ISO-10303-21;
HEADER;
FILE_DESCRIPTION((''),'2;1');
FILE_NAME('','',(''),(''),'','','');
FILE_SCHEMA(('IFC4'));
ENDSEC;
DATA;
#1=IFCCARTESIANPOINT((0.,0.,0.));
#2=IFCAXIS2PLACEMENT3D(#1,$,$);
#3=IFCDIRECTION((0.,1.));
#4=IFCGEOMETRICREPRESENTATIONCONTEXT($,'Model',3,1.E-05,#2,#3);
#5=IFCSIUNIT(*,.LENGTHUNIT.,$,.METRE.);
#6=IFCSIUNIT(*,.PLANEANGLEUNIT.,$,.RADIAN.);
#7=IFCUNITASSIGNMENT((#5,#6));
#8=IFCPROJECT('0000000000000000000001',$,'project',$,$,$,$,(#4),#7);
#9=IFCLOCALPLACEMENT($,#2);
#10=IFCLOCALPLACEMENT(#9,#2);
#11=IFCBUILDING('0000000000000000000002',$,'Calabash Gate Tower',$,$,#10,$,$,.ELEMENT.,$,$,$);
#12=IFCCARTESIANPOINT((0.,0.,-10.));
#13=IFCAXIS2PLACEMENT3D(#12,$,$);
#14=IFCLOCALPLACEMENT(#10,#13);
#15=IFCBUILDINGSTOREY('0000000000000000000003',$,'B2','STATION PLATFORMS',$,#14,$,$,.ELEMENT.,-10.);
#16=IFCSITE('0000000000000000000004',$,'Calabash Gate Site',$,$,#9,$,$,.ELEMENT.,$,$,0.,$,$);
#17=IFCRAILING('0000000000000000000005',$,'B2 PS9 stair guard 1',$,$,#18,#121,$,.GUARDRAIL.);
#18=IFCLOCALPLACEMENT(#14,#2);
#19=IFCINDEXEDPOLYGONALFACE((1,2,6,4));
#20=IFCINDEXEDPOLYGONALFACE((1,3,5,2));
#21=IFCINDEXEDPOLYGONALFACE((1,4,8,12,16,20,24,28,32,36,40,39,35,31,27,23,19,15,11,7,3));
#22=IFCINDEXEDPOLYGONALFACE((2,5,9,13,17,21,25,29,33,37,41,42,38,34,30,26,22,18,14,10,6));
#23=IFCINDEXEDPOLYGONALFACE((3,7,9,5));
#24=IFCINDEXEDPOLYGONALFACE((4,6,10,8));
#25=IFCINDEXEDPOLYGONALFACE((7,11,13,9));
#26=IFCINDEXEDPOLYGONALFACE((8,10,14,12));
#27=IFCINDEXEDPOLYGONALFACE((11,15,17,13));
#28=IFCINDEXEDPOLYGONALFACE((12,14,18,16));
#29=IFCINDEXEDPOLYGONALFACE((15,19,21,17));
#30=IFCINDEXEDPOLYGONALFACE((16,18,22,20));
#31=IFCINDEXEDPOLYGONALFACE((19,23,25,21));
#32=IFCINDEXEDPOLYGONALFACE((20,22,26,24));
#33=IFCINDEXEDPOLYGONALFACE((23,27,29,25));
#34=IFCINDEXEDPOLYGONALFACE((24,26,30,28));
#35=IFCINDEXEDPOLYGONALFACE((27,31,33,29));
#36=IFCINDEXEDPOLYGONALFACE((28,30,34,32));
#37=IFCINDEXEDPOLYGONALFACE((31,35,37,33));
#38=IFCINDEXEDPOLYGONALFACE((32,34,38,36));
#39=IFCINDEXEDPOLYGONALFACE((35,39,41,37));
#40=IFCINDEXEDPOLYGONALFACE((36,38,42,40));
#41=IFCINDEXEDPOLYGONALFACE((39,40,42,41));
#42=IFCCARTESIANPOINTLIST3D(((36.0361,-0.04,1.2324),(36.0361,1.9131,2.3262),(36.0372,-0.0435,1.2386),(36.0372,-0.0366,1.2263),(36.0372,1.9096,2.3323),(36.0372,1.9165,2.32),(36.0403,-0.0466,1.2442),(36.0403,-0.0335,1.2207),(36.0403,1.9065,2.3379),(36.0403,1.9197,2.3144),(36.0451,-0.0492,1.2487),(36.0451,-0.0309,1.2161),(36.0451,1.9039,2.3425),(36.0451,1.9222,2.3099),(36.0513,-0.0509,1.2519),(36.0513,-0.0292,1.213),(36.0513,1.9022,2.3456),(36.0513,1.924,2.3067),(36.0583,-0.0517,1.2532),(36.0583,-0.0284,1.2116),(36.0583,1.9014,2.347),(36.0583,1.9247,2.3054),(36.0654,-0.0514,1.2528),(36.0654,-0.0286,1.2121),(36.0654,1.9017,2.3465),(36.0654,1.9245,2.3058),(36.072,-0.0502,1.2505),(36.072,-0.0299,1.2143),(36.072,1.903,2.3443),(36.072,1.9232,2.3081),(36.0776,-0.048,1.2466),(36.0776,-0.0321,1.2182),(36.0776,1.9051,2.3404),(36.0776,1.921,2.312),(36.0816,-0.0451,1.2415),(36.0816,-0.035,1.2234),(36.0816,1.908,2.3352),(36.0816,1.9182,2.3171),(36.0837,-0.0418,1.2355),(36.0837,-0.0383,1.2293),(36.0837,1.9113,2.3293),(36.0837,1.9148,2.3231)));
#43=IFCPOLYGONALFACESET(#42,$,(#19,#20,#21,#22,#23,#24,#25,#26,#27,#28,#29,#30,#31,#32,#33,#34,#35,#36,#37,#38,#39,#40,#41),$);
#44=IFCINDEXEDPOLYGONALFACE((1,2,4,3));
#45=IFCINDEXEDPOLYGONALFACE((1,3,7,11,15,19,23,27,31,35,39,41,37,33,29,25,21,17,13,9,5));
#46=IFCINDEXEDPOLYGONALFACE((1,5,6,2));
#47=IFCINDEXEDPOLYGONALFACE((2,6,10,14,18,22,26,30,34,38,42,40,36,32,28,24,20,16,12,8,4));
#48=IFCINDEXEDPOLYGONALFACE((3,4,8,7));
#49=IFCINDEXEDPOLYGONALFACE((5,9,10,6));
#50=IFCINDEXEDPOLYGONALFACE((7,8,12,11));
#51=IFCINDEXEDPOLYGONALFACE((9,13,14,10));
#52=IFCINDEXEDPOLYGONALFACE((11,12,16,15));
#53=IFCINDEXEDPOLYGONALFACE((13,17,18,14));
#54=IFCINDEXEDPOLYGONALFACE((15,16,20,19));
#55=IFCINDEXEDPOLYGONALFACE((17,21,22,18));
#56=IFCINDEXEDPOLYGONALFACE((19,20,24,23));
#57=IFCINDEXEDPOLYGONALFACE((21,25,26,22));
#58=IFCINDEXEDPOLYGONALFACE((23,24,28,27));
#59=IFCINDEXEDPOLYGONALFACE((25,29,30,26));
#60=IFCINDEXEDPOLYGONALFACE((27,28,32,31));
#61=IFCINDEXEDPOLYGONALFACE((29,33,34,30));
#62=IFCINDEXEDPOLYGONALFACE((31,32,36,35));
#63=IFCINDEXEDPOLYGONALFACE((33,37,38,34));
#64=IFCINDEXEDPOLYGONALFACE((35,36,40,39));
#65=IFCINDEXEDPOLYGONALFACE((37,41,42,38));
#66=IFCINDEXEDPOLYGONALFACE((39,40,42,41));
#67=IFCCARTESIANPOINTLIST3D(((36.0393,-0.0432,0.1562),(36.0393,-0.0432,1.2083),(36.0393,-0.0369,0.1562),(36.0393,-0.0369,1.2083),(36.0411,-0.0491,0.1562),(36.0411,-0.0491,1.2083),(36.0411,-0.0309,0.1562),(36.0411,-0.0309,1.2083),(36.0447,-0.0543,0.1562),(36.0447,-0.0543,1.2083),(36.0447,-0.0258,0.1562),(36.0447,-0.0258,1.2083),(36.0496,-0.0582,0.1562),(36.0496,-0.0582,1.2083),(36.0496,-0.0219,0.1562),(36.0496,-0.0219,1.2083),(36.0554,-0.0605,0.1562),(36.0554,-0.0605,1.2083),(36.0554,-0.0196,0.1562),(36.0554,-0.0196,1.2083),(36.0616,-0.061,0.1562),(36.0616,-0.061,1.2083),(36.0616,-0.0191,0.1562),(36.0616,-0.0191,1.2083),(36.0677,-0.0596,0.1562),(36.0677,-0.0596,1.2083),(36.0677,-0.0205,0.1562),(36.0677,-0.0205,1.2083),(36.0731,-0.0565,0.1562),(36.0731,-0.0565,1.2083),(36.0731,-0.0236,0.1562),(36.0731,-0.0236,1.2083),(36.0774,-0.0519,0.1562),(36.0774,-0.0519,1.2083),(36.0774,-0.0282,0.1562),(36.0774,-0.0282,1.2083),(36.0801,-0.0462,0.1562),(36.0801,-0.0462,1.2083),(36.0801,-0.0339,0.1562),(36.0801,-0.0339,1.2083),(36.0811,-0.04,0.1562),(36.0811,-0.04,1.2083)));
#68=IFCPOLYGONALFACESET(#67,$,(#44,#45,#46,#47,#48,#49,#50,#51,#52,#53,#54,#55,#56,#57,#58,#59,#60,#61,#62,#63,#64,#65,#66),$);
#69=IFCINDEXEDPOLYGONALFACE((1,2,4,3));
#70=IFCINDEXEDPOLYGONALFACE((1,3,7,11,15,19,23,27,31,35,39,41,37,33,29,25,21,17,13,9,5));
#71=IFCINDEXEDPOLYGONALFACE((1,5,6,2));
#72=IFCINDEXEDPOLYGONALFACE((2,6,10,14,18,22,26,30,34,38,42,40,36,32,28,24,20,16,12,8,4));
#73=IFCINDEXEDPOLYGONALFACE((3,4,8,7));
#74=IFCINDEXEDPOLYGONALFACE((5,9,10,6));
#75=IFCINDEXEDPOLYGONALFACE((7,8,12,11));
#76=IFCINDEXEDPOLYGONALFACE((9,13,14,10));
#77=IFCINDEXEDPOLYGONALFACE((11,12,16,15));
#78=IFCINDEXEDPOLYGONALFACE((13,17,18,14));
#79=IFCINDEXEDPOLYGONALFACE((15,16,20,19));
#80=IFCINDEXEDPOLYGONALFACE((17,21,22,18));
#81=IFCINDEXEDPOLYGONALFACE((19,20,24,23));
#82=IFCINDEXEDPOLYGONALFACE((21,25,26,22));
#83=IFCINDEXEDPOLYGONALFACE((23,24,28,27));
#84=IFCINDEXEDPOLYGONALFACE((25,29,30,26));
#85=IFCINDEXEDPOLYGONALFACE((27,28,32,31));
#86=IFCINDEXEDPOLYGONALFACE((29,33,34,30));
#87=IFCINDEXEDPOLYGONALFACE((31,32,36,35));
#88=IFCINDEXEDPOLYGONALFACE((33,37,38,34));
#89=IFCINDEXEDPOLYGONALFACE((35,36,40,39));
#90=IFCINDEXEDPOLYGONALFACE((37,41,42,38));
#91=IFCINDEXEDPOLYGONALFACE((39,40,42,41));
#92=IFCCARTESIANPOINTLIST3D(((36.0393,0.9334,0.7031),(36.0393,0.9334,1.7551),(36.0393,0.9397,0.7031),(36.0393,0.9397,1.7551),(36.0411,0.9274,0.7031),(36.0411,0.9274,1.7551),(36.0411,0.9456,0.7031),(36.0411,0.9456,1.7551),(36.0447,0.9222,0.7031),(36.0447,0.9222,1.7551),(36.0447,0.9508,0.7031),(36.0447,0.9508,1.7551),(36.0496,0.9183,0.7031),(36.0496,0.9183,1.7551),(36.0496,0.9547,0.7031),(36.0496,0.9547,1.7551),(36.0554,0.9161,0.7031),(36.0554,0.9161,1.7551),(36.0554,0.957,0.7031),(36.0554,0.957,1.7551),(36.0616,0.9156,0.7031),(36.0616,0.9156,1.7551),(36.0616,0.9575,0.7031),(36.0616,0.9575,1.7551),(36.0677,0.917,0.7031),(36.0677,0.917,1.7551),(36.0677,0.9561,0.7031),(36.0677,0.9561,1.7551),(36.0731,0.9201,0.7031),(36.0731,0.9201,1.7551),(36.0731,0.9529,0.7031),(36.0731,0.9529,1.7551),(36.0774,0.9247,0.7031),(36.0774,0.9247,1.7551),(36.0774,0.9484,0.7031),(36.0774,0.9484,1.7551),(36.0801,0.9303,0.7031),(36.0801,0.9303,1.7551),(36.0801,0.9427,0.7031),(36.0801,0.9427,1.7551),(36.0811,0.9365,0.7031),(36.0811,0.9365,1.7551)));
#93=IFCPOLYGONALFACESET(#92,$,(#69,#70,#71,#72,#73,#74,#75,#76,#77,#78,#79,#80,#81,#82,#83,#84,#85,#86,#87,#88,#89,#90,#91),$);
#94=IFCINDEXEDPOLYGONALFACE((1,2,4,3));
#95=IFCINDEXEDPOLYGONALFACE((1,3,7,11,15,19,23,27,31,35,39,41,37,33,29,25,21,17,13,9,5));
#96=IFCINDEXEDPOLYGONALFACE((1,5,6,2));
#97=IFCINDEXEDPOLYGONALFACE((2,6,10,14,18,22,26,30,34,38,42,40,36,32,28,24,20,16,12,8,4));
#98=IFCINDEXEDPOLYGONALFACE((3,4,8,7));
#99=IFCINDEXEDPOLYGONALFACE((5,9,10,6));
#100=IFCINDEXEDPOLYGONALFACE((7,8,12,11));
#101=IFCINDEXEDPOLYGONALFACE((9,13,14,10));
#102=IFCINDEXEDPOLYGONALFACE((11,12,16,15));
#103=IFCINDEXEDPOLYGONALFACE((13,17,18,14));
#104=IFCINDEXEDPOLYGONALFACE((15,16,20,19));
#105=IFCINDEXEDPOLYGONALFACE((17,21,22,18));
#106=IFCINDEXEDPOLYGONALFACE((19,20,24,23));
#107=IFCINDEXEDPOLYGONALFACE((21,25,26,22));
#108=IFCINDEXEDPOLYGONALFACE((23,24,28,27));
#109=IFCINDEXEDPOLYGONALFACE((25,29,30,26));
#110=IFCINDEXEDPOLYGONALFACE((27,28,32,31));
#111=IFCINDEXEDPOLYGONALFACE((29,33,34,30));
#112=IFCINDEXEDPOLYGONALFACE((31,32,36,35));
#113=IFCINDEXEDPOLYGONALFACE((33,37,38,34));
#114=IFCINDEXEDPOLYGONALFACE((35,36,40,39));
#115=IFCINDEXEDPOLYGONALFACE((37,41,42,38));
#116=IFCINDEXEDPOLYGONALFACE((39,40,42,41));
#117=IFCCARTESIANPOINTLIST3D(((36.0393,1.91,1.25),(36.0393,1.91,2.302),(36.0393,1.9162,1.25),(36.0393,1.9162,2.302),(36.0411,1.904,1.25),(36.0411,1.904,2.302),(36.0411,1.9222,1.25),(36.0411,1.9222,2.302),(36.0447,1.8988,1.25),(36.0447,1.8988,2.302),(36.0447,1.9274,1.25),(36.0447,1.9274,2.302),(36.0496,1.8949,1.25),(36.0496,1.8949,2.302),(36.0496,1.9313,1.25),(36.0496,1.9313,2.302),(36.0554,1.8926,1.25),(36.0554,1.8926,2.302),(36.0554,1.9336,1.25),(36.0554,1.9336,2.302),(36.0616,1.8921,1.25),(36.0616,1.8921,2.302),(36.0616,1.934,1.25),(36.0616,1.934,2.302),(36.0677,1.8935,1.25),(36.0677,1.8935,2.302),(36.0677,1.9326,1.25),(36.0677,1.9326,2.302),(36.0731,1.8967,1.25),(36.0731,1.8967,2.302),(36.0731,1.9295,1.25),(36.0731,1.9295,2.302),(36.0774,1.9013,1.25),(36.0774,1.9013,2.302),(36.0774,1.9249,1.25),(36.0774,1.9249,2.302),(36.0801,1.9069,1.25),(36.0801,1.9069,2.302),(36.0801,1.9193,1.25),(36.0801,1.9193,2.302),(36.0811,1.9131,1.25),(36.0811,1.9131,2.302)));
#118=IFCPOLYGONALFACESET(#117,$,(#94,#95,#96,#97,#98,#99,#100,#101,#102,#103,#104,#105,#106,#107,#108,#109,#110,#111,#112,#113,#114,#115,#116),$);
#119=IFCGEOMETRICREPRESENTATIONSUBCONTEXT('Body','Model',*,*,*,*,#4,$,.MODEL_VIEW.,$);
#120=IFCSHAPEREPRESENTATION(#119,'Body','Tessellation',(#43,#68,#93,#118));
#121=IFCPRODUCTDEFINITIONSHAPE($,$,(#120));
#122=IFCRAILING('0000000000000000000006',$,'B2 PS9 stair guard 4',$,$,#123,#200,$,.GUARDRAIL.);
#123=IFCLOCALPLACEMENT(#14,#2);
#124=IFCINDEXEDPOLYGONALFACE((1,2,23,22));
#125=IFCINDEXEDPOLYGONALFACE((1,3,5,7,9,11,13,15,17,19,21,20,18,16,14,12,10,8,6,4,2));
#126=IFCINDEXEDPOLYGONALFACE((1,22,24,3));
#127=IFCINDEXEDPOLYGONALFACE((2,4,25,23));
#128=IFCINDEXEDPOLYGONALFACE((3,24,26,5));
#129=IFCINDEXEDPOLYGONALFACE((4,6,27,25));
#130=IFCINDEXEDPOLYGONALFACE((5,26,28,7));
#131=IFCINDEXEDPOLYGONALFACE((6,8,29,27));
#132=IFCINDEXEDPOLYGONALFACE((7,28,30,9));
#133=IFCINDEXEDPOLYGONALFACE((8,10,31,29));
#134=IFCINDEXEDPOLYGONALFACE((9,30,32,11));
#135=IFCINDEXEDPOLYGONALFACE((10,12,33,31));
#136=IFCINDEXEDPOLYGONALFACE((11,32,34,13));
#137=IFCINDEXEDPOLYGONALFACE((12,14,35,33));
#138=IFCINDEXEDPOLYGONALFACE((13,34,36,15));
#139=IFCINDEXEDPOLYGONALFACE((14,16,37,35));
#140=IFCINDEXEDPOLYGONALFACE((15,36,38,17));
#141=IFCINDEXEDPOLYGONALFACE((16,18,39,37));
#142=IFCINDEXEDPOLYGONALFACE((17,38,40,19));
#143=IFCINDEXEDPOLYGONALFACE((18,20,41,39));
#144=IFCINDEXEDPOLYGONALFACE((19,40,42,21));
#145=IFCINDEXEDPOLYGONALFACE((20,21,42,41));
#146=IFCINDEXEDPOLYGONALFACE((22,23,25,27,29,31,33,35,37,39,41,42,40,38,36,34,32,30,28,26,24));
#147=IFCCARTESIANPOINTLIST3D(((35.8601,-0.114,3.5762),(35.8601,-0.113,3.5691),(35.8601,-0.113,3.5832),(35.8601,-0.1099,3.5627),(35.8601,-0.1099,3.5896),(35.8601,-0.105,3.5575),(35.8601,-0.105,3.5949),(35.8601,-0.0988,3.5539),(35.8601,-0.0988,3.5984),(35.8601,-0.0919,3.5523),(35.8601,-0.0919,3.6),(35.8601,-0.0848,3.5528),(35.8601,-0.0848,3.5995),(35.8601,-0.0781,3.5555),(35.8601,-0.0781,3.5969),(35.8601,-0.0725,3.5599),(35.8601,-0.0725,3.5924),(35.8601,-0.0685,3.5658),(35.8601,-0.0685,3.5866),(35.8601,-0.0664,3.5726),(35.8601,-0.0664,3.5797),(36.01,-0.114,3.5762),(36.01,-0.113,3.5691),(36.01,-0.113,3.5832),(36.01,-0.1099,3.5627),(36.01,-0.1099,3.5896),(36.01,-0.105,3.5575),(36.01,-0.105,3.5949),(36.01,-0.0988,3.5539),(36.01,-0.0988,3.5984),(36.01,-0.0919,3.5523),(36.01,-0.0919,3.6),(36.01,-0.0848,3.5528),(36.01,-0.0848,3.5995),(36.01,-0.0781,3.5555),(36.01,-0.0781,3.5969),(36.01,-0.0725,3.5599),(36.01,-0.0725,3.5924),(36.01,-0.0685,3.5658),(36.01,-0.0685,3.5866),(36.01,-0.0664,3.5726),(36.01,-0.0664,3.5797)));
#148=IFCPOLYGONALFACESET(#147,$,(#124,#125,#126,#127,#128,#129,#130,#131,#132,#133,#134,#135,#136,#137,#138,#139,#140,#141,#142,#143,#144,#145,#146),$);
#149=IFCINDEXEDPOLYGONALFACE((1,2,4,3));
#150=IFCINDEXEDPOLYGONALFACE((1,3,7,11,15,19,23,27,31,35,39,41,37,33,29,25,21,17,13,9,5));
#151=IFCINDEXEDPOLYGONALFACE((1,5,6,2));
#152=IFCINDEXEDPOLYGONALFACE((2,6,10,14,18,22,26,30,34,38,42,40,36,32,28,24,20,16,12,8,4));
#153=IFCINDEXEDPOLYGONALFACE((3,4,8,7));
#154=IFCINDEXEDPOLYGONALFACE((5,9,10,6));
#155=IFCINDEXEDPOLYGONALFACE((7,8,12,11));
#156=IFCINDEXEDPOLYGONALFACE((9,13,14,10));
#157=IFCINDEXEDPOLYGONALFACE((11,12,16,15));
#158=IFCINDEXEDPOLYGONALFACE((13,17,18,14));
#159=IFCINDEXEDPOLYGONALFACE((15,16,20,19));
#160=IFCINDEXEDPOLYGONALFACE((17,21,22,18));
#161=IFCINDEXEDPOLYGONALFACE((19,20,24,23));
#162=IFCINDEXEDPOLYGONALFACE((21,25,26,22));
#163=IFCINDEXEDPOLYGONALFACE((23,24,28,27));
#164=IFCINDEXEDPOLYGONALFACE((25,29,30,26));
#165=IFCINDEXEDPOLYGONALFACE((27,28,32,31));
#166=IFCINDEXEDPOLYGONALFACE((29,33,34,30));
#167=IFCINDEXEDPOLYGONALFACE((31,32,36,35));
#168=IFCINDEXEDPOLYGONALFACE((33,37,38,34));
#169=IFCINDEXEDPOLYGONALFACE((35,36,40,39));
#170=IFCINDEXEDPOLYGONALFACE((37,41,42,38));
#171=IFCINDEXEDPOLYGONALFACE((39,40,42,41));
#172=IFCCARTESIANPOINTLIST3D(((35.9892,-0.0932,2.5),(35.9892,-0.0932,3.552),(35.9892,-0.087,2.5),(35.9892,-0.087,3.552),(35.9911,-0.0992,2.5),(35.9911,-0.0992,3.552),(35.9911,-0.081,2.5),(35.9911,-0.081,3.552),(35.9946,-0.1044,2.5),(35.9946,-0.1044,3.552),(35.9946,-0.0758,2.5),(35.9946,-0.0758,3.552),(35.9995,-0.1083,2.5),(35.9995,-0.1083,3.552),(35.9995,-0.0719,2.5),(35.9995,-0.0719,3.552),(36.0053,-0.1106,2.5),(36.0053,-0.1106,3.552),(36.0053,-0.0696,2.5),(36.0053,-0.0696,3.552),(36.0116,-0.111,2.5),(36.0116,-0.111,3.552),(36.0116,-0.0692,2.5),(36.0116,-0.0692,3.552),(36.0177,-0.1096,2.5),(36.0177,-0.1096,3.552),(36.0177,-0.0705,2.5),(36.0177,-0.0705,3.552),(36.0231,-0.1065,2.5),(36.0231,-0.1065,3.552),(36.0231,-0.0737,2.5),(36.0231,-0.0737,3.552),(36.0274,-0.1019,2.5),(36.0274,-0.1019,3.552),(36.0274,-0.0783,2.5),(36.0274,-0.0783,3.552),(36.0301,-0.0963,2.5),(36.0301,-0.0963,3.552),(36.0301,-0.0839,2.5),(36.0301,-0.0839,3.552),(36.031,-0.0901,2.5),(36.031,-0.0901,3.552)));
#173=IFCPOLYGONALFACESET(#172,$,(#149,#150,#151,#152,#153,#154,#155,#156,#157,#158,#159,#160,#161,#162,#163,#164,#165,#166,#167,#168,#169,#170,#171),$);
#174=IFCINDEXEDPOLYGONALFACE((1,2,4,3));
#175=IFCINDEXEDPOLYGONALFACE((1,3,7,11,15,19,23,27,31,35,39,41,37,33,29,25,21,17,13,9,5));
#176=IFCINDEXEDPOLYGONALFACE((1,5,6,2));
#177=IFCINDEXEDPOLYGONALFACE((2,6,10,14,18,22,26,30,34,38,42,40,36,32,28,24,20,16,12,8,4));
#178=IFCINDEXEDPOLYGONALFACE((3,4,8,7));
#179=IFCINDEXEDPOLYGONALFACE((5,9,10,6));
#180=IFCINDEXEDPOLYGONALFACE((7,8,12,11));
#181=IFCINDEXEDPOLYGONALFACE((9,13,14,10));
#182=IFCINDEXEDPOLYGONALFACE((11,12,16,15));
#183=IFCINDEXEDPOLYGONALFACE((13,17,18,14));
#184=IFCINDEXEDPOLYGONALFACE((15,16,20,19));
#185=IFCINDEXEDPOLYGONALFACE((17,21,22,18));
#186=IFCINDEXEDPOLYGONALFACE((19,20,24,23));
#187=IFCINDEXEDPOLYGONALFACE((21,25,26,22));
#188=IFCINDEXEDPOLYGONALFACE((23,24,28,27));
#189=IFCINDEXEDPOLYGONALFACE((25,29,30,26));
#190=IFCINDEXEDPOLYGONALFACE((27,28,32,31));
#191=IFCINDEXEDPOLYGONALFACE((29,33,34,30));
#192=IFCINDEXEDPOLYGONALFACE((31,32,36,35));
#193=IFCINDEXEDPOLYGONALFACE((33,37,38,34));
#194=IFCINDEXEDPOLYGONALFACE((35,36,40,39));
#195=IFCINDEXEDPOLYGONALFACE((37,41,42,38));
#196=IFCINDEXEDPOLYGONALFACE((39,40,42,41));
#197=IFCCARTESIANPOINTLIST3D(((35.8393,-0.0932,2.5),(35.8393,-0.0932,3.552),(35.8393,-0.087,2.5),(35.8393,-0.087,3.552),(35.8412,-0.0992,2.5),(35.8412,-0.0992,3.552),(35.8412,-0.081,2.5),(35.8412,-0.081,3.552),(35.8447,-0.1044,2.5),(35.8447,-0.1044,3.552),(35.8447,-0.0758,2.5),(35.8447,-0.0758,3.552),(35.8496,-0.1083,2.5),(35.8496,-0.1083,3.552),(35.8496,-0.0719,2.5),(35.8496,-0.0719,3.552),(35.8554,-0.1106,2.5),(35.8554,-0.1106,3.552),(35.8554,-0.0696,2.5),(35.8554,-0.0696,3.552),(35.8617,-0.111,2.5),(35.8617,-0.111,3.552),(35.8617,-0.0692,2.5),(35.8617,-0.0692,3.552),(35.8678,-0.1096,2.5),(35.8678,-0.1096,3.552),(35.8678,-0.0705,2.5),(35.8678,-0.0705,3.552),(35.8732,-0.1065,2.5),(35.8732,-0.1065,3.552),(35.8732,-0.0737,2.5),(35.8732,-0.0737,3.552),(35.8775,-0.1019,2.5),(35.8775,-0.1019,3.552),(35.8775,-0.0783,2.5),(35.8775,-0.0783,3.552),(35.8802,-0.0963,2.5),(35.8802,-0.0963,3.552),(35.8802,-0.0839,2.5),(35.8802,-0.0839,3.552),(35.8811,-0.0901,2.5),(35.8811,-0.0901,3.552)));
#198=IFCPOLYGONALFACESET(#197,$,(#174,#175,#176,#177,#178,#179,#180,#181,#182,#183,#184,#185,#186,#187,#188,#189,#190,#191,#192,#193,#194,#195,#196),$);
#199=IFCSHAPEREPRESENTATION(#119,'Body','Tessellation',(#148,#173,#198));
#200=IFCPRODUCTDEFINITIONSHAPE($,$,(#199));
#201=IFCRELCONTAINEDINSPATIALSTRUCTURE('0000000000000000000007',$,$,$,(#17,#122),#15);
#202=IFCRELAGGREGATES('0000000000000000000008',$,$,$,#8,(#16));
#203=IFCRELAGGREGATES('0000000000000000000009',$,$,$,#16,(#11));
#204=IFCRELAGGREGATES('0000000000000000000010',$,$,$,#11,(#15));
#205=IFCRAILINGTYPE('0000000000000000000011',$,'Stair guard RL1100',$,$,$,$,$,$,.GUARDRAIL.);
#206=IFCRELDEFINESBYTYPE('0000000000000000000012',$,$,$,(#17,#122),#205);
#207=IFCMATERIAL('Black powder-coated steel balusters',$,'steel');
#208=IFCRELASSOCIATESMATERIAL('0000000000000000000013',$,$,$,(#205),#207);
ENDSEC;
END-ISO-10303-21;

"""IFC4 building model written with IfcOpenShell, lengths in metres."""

from ifc_helpers import new_model, si_unit, direction, frame, origin, origin_2d, place, context, subcontext, project, spatial, circle, extrude, material, type_object, element, save


model = new_model("IFC4")

# Units and contexts
model_context = context("Model", 3, precision=1e-05, world=origin(), true_north=direction((0.0, 1.0)))
body_context = subcontext(model_context, "Body", "Model", "MODEL_VIEW")
ifc_project = project(units=[si_unit("LENGTHUNIT", "METRE"), si_unit("PLANEANGLEUNIT", "RADIAN")], contexts=[model_context])

# Site, building, storey
site_placement = place(None, origin())
site = spatial("IfcSite", under=ifc_project, at=site_placement, Name="Calabash Gate Site", CompositionType="ELEMENT", RefElevation=0.0)
building_placement = place(site_placement, origin())
building = spatial("IfcBuilding", under=site, at=building_placement, Name="Calabash Gate Tower", CompositionType="ELEMENT")
storey_placement = place(building_placement, frame((0.0, 0.0, -10.0)))
storey = spatial("IfcBuildingStorey", under=building, at=storey_placement, Name="B2", Description="STATION PLATFORMS", CompositionType="ELEMENT", Elevation=-10.0)

# Railings
ifc_material_1 = material(Name="Black powder-coated steel balusters", Category="steel")
railing_type_1 = type_object("IfcRailingType", Name="Stair guard RL1100", PredefinedType="GUARDRAIL", material=ifc_material_1)
railing_1_placement = place(storey_placement, frame((36.0601, -0.04, 0.1562)))
element("IfcRailing", 1, at=railing_1_placement, inside=storey, type_object=railing_type_1, Name="B2 PS9 stair guard 1", PredefinedType="GUARDRAIL", context=body_context, shape_type="SweptSolid", body=[
    extrude(circle(Radius=0.0239, at=origin_2d()), frame((0.0, 0.0, 1.0762), z_axis=(0.0, 0.872506, 0.488603), x_axis=(-1.0, 0.0, 0.0)), (0.0, 0.0, 1.0), 2.2385),
    extrude(circle(Radius=0.021, at=origin_2d()), origin(), (0.0, 0.0, 1.0), 1.052),
    extrude(circle(Radius=0.021, at=origin_2d()), frame((0.0, 0.9766, 0.5469)), (0.0, 0.0, 1.0), 1.052),
    extrude(circle(Radius=0.021, at=origin_2d()), frame((0.0, 1.9531, 1.0938)), (0.0, 0.0, 1.0), 1.052),
])
railing_2_placement = place(storey_placement, frame((36.01, -0.0901, 2.5)))
element("IfcRailing", 2, at=railing_2_placement, inside=storey, type_object=railing_type_1, Name="B2 PS9 stair guard 4", PredefinedType="GUARDRAIL", context=body_context, shape_type="SweptSolid", body=[
    extrude(circle(Radius=0.0239, at=origin_2d()), frame((0.0, 0.0, 1.0762), z_axis=(-1.0, 0.0, 0.0), x_axis=(0.0, -1.0, 0.0)), (0.0, 0.0, 1.0), 0.1499),
    extrude(circle(Radius=0.021, at=origin_2d()), origin(), (0.0, 0.0, 1.0), 1.052),
    extrude(circle(Radius=0.021, at=origin_2d()), frame((-0.1499, 0.0, 0.0)), (0.0, 0.0, 1.0), 1.052),
])

save(model, "model.ifc")
